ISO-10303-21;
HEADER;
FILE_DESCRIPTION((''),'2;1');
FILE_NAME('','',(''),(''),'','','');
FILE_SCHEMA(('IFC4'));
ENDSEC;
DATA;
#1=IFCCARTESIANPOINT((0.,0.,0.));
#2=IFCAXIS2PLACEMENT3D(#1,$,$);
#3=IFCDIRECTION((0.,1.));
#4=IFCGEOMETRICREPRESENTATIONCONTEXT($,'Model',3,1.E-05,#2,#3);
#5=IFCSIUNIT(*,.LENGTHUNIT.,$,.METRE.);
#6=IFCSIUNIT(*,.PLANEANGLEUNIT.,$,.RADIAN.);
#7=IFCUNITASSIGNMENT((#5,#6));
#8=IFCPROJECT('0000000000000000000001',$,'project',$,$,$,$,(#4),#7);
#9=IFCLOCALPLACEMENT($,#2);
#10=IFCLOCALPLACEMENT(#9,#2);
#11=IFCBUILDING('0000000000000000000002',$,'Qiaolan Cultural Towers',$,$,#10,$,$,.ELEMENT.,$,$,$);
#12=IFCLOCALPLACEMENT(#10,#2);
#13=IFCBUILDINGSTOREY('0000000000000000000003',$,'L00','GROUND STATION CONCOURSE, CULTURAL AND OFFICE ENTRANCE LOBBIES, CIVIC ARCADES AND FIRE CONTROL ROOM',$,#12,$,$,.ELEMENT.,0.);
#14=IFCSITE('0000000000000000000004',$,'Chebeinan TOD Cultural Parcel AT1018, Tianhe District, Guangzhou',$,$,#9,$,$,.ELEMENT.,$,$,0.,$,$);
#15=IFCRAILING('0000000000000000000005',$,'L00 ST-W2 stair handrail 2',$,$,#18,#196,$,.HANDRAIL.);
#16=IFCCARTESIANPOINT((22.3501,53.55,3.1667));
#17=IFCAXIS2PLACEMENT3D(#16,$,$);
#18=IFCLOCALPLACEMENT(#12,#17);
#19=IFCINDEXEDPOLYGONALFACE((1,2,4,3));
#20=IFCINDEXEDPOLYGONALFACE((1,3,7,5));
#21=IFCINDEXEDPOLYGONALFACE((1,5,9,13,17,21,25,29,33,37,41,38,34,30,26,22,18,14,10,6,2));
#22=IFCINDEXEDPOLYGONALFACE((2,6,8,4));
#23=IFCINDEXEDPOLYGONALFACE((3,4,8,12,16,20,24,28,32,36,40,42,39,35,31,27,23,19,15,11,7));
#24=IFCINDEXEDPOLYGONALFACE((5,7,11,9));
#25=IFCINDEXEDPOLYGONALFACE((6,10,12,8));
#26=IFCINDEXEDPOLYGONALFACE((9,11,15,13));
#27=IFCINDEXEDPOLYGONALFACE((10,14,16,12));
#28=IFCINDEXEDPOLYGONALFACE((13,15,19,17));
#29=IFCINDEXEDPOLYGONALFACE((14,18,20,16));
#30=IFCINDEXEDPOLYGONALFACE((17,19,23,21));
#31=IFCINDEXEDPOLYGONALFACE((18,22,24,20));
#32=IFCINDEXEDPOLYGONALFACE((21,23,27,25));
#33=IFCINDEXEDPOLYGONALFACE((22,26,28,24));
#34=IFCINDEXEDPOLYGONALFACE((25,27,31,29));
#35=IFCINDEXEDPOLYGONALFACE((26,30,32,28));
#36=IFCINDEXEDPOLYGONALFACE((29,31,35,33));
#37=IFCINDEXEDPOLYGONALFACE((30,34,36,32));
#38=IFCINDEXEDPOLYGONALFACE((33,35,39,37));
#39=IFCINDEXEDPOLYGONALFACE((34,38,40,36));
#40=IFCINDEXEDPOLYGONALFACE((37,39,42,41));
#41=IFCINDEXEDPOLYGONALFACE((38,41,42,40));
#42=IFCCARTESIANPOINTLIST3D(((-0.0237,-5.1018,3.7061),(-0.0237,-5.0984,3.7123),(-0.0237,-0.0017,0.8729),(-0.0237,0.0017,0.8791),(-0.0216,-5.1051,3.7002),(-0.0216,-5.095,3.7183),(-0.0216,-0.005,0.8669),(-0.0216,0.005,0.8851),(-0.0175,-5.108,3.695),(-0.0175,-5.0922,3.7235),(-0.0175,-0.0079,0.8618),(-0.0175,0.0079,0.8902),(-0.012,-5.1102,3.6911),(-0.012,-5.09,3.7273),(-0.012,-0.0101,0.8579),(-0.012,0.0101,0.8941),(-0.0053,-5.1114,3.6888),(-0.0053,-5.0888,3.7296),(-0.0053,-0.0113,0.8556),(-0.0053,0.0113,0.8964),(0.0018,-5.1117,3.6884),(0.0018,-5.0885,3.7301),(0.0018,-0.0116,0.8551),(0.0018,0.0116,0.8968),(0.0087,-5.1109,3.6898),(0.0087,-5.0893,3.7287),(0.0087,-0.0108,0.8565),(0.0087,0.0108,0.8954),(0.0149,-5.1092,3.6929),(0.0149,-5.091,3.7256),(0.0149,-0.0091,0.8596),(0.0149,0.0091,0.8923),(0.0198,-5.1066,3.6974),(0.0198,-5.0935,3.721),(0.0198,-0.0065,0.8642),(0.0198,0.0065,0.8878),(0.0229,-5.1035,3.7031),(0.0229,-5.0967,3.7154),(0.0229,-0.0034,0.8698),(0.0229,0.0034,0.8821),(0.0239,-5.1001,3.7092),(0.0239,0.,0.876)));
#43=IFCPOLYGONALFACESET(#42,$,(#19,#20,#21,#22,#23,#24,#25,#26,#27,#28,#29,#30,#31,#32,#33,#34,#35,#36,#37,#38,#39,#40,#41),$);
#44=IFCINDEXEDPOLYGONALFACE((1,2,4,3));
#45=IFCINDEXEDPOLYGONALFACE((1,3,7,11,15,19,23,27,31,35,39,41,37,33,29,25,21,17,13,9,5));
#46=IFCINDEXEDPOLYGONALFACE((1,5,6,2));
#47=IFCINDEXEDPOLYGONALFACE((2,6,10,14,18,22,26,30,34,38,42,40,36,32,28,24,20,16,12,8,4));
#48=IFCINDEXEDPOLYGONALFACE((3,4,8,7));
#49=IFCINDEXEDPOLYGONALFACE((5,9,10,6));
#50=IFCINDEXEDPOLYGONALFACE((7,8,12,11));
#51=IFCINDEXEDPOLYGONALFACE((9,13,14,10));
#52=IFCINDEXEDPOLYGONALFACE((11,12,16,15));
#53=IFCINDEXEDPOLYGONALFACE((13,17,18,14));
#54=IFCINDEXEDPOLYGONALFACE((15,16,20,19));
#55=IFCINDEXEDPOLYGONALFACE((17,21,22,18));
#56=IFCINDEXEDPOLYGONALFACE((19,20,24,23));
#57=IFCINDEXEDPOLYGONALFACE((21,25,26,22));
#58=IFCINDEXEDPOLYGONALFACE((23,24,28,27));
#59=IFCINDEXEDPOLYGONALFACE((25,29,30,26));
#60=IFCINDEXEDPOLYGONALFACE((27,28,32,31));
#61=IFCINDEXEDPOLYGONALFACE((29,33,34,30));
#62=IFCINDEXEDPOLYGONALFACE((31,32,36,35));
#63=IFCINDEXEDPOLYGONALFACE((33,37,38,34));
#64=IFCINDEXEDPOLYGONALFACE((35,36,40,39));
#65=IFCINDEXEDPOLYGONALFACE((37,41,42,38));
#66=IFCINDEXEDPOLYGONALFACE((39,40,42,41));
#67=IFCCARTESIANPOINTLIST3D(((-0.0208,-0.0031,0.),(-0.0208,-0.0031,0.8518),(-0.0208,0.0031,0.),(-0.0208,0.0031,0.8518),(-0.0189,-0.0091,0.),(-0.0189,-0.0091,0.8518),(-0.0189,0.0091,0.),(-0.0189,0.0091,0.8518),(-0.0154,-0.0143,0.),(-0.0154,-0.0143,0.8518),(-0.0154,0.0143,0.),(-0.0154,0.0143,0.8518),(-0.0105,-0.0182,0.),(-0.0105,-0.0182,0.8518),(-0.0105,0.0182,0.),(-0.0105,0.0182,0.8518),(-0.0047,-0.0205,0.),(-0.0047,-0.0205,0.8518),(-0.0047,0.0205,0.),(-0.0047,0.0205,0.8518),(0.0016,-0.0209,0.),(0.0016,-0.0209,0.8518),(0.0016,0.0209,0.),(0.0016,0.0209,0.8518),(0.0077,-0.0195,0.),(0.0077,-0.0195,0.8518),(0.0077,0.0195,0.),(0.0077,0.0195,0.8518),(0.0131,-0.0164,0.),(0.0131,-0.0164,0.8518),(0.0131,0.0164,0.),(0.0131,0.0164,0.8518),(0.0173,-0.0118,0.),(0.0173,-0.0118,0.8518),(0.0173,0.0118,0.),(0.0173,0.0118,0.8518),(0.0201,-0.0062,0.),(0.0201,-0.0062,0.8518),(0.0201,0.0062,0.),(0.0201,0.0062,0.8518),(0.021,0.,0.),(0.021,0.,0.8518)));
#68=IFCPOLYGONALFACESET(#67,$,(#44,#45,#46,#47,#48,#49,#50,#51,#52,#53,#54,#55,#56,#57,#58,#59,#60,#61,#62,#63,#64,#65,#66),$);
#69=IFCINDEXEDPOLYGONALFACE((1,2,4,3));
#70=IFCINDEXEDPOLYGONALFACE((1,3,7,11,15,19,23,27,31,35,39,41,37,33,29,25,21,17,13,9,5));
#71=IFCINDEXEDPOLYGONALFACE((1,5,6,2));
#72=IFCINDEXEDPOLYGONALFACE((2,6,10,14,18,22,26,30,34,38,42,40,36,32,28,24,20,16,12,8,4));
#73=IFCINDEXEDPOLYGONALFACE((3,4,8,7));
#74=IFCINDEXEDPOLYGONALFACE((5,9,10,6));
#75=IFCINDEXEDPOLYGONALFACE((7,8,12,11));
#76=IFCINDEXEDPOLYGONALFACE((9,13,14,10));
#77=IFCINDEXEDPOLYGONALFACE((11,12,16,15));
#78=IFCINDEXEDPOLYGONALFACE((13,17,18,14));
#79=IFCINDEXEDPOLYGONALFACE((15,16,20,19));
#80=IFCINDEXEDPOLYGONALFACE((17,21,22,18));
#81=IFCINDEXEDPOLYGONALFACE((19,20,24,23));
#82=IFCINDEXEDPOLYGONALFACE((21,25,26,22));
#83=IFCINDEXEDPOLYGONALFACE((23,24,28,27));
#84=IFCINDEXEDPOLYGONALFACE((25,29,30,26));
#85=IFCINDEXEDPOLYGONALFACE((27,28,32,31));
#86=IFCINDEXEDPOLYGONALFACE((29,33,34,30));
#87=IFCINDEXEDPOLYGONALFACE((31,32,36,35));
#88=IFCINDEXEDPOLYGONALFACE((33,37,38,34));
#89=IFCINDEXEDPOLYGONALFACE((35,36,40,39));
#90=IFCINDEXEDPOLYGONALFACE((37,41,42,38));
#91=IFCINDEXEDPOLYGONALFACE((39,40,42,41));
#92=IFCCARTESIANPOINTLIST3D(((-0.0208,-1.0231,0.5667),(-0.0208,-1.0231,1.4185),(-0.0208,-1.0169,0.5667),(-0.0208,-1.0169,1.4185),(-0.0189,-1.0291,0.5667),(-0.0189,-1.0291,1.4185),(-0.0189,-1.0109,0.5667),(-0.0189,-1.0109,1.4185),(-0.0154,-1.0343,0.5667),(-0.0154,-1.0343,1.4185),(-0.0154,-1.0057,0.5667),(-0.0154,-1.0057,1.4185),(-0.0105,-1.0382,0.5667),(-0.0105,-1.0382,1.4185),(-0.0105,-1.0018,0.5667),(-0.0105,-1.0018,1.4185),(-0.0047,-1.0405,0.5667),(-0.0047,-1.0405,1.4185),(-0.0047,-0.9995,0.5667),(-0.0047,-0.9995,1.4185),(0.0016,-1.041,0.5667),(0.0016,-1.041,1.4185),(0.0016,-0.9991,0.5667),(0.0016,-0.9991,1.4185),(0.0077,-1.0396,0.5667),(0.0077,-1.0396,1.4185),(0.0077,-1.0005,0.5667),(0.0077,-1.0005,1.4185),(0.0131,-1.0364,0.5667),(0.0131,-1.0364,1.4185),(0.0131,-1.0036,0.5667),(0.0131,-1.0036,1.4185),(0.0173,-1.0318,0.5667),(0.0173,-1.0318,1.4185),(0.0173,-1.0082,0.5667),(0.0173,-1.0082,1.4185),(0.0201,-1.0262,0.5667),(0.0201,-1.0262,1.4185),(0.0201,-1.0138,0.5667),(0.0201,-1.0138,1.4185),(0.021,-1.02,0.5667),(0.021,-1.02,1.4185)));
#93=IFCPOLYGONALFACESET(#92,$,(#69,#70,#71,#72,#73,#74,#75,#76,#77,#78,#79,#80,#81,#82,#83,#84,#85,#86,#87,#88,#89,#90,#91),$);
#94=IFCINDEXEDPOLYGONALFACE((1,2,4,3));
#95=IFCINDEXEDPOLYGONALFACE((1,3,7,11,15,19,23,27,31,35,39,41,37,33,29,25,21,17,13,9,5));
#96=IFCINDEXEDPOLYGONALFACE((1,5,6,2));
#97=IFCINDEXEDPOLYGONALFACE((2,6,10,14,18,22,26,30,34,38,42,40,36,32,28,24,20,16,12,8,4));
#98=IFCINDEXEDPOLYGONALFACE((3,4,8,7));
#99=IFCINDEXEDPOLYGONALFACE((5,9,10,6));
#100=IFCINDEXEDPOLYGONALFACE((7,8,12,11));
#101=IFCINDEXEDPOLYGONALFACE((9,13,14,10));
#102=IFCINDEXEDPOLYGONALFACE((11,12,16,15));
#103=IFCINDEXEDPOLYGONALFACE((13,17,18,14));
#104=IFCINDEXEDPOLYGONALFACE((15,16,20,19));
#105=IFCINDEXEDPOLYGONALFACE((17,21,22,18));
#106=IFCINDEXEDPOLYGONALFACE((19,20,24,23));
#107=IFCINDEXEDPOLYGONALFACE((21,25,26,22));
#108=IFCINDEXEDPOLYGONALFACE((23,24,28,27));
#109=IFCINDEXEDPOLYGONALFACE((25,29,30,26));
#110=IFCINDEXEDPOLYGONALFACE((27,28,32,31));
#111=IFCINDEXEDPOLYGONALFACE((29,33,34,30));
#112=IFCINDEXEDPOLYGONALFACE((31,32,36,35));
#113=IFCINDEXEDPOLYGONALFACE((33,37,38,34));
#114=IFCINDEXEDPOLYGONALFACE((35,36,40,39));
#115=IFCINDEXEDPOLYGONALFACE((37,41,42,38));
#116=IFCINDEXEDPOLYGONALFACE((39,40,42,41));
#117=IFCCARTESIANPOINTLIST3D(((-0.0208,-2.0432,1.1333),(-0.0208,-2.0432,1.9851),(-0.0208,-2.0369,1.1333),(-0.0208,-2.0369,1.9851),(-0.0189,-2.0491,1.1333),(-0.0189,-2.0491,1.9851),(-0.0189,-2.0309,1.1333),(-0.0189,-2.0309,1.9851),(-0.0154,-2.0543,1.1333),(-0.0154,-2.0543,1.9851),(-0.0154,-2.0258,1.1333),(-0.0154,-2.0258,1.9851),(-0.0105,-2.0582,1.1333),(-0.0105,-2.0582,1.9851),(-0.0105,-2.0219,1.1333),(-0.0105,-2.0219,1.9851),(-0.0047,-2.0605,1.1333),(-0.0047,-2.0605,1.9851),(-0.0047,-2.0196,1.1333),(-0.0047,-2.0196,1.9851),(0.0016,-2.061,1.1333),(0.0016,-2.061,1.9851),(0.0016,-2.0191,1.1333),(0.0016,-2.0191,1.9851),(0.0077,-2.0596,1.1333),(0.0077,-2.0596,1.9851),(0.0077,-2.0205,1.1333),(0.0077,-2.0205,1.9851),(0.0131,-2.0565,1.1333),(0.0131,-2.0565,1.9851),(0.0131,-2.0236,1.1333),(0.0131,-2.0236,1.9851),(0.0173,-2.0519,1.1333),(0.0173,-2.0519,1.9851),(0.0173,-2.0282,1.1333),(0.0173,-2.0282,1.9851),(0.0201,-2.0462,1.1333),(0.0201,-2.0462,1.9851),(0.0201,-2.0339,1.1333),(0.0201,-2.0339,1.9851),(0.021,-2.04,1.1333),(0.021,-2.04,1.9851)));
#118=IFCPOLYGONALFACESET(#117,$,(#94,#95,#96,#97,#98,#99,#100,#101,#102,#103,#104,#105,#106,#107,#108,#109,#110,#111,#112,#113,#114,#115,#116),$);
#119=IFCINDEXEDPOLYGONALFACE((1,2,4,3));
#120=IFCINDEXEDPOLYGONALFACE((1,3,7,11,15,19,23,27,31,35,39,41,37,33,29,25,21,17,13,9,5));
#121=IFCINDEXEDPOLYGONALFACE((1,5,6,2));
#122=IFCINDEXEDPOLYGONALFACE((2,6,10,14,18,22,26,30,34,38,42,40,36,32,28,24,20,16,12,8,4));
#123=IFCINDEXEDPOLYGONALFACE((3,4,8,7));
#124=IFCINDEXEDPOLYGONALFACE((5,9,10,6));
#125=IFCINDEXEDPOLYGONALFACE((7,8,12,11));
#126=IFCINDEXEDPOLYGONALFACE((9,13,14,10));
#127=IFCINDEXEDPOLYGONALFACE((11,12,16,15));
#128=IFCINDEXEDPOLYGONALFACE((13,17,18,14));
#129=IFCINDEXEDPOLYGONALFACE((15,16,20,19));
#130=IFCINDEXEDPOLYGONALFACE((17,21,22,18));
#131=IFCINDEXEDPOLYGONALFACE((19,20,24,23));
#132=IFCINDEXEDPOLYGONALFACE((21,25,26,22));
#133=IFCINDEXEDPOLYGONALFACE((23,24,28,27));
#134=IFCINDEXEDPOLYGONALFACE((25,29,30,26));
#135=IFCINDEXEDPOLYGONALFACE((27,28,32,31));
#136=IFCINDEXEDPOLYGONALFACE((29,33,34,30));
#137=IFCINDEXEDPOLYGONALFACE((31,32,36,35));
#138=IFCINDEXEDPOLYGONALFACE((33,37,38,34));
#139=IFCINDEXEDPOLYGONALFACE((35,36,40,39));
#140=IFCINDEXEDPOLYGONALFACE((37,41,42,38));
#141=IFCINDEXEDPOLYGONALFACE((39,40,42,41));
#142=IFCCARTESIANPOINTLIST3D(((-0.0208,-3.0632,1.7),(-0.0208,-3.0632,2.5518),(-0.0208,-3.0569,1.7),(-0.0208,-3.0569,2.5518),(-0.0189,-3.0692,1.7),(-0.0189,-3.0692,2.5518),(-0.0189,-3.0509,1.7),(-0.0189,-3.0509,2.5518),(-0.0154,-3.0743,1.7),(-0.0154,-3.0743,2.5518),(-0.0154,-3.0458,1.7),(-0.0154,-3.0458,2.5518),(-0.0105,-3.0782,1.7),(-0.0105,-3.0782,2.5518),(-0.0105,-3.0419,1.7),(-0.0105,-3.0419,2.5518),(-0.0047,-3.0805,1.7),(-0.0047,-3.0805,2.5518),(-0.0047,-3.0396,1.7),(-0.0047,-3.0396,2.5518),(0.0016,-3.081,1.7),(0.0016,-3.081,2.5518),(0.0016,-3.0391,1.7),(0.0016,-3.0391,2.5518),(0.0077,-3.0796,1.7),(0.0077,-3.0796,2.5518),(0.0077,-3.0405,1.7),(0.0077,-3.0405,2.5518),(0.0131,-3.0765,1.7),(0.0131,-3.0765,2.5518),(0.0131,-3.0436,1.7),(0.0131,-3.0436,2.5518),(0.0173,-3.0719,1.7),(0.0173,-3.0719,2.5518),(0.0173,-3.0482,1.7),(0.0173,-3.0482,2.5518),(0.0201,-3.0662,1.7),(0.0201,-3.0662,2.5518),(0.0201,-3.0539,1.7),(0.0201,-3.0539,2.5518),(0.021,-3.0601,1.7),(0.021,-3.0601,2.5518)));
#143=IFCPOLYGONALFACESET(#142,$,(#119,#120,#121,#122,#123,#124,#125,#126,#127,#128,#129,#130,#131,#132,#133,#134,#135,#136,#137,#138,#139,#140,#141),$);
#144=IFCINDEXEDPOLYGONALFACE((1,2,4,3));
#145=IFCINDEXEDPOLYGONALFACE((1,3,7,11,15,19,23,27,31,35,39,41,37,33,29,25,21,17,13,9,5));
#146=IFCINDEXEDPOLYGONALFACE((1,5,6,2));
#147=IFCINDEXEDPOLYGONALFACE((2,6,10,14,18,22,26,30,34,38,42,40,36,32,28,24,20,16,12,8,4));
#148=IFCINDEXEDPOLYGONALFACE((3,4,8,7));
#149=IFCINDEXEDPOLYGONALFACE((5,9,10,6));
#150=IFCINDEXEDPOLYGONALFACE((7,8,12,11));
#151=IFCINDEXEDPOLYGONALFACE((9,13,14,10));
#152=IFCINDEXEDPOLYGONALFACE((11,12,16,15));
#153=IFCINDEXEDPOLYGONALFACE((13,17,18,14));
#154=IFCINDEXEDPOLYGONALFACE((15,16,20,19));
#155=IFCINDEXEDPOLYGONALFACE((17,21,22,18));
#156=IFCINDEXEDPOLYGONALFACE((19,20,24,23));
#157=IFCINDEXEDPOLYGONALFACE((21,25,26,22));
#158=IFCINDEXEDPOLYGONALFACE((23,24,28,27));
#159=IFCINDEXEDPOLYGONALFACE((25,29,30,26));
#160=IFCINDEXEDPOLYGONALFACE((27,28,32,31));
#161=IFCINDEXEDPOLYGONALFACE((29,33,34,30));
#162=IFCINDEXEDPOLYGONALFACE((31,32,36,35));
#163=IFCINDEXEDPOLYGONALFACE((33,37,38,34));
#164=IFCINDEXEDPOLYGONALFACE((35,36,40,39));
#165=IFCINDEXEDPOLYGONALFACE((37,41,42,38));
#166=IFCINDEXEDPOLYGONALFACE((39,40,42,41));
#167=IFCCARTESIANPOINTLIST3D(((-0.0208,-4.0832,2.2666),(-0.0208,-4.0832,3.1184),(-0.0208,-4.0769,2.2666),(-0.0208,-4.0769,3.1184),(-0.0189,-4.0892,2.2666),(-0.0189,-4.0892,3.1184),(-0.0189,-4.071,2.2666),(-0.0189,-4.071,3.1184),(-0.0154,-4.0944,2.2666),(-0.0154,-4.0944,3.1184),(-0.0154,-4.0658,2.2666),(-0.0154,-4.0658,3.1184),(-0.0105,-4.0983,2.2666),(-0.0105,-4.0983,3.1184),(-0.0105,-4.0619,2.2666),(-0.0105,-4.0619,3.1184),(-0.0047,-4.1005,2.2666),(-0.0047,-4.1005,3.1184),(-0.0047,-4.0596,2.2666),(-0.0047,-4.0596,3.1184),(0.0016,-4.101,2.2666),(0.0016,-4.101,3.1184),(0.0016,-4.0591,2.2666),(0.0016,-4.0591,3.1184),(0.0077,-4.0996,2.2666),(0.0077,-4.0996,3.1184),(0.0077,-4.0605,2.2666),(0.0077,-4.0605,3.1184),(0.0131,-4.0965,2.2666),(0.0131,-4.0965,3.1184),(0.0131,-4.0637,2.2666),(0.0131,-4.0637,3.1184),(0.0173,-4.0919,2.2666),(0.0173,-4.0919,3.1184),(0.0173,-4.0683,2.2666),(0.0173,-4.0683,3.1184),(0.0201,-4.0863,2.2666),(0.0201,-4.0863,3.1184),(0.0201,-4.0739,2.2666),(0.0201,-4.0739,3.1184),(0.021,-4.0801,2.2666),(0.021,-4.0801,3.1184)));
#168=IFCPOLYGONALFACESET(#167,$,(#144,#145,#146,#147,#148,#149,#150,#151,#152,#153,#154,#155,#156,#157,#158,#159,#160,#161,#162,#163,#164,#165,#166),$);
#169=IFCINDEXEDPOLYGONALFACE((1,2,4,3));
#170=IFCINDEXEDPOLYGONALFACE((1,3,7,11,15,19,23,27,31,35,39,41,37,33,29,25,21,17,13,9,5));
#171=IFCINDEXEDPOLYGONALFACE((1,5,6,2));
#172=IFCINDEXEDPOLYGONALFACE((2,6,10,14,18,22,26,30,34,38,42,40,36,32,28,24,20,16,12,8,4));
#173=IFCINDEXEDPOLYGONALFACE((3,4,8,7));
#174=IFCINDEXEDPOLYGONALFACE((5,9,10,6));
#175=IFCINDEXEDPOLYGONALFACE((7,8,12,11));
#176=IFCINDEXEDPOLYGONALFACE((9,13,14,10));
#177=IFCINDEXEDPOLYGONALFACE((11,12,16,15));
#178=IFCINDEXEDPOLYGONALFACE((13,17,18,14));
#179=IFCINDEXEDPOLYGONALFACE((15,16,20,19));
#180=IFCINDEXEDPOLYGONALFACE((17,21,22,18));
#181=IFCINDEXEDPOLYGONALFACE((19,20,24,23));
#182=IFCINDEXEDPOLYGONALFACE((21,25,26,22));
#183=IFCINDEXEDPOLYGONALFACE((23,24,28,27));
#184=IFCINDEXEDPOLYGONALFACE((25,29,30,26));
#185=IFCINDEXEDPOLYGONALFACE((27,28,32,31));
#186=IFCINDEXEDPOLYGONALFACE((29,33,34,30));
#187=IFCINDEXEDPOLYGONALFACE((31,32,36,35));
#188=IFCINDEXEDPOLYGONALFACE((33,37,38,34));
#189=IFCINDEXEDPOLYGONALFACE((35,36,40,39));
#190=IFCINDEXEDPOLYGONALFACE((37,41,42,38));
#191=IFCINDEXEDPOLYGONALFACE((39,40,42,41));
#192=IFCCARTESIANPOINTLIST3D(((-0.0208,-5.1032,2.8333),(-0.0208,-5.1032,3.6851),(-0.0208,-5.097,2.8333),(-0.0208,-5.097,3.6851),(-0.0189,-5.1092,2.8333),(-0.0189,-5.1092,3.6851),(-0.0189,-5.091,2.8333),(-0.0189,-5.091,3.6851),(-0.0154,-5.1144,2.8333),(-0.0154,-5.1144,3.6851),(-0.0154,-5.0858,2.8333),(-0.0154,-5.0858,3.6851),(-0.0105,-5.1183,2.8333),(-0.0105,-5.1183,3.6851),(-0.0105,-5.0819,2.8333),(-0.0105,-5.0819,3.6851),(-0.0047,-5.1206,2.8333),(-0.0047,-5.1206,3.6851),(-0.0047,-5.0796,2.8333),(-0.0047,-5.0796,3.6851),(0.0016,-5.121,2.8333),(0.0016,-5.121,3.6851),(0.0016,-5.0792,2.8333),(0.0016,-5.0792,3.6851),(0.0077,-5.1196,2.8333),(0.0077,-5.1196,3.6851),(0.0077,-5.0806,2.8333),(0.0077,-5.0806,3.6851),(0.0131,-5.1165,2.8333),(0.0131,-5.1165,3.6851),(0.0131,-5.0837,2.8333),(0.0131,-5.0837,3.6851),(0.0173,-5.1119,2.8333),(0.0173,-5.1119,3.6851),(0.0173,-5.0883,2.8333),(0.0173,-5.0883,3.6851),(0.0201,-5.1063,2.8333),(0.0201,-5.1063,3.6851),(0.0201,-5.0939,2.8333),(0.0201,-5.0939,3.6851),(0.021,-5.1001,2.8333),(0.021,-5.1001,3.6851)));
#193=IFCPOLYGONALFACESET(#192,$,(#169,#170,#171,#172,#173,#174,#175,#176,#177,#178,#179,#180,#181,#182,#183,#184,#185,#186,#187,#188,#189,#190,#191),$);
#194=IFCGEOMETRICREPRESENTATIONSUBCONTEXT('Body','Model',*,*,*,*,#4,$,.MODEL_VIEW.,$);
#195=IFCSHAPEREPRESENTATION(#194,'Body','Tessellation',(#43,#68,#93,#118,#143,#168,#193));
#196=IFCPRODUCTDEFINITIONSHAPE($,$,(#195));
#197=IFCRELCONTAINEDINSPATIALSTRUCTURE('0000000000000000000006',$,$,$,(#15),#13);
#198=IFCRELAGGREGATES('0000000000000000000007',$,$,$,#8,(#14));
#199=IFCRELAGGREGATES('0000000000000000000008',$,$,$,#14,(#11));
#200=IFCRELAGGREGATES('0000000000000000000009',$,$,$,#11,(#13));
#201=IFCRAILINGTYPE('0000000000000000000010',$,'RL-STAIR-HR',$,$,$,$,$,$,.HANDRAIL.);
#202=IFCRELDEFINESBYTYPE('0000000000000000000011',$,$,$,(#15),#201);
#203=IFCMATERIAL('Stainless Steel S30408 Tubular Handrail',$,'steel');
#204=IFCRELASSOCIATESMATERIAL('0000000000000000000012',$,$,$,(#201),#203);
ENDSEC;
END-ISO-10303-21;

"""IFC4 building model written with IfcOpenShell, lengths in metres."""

from ifc_helpers import new_model, si_unit, direction, frame, origin, origin_2d, place, context, subcontext, project, spatial, circle, extrude, material, type_object, element, save


model = new_model("IFC4")

# Units and contexts
model_context = context("Model", 3, precision=1e-05, world=origin(), true_north=direction((0.0, 1.0)))
body_context = subcontext(model_context, "Body", "Model", "MODEL_VIEW")
ifc_project = project(units=[si_unit("LENGTHUNIT", "METRE"), si_unit("PLANEANGLEUNIT", "RADIAN")], contexts=[model_context])

# Site, building, storey
site_placement = place(None, origin())
site = spatial("IfcSite", under=ifc_project, at=site_placement, Name="Chebeinan TOD Cultural Parcel AT1018, Tianhe District, Guangzhou", CompositionType="ELEMENT", RefElevation=0.0)
building_placement = place(site_placement, origin())
building = spatial("IfcBuilding", under=site, at=building_placement, Name="Qiaolan Cultural Towers", CompositionType="ELEMENT")
storey_placement = place(building_placement, origin())
storey = spatial("IfcBuildingStorey", under=building, at=storey_placement, Name="L00", Description="GROUND STATION CONCOURSE, CULTURAL AND OFFICE ENTRANCE LOBBIES, CIVIC ARCADES AND FIRE CONTROL ROOM", CompositionType="ELEMENT", Elevation=0.0)

# Railing
ifc_material_1 = material(Name="Stainless Steel S30408 Tubular Handrail", Category="steel")
railing_type = type_object("IfcRailingType", Name="RL-STAIR-HR", PredefinedType="HANDRAIL", material=ifc_material_1)
railing_placement = place(storey_placement, frame((22.3501, 53.55, 3.1667)))
element("IfcRailing", 1, at=railing_placement, inside=storey, type_object=railing_type, Name="L00 ST-W2 stair handrail 2", PredefinedType="HANDRAIL", context=body_context, shape_type="SweptSolid", body=[
    extrude(circle(Radius=0.0239, at=origin_2d()), frame((0.0, 0.0, 0.876), z_axis=(0.0, -0.874167, 0.485625), x_axis=(1.0, 0.0, 0.0)), (0.0, 0.0, 1.0), 5.8342),
    extrude(circle(Radius=0.021, at=origin_2d()), origin(), (0.0, 0.0, 1.0), 0.8518),
    extrude(circle(Radius=0.021, at=origin_2d()), frame((0.0, -1.02, 0.5667)), (0.0, 0.0, 1.0), 0.8518),
    extrude(circle(Radius=0.021, at=origin_2d()), frame((0.0, -2.04, 1.1333)), (0.0, 0.0, 1.0), 0.8518),
    extrude(circle(Radius=0.021, at=origin_2d()), frame((0.0, -3.0601, 1.7)), (0.0, 0.0, 1.0), 0.8518),
    extrude(circle(Radius=0.021, at=origin_2d()), frame((0.0, -4.0801, 2.2666)), (0.0, 0.0, 1.0), 0.8518),
    extrude(circle(Radius=0.021, at=origin_2d()), frame((0.0, -5.1001, 2.8333)), (0.0, 0.0, 1.0), 0.8518),
])

save(model, "model.ifc")
